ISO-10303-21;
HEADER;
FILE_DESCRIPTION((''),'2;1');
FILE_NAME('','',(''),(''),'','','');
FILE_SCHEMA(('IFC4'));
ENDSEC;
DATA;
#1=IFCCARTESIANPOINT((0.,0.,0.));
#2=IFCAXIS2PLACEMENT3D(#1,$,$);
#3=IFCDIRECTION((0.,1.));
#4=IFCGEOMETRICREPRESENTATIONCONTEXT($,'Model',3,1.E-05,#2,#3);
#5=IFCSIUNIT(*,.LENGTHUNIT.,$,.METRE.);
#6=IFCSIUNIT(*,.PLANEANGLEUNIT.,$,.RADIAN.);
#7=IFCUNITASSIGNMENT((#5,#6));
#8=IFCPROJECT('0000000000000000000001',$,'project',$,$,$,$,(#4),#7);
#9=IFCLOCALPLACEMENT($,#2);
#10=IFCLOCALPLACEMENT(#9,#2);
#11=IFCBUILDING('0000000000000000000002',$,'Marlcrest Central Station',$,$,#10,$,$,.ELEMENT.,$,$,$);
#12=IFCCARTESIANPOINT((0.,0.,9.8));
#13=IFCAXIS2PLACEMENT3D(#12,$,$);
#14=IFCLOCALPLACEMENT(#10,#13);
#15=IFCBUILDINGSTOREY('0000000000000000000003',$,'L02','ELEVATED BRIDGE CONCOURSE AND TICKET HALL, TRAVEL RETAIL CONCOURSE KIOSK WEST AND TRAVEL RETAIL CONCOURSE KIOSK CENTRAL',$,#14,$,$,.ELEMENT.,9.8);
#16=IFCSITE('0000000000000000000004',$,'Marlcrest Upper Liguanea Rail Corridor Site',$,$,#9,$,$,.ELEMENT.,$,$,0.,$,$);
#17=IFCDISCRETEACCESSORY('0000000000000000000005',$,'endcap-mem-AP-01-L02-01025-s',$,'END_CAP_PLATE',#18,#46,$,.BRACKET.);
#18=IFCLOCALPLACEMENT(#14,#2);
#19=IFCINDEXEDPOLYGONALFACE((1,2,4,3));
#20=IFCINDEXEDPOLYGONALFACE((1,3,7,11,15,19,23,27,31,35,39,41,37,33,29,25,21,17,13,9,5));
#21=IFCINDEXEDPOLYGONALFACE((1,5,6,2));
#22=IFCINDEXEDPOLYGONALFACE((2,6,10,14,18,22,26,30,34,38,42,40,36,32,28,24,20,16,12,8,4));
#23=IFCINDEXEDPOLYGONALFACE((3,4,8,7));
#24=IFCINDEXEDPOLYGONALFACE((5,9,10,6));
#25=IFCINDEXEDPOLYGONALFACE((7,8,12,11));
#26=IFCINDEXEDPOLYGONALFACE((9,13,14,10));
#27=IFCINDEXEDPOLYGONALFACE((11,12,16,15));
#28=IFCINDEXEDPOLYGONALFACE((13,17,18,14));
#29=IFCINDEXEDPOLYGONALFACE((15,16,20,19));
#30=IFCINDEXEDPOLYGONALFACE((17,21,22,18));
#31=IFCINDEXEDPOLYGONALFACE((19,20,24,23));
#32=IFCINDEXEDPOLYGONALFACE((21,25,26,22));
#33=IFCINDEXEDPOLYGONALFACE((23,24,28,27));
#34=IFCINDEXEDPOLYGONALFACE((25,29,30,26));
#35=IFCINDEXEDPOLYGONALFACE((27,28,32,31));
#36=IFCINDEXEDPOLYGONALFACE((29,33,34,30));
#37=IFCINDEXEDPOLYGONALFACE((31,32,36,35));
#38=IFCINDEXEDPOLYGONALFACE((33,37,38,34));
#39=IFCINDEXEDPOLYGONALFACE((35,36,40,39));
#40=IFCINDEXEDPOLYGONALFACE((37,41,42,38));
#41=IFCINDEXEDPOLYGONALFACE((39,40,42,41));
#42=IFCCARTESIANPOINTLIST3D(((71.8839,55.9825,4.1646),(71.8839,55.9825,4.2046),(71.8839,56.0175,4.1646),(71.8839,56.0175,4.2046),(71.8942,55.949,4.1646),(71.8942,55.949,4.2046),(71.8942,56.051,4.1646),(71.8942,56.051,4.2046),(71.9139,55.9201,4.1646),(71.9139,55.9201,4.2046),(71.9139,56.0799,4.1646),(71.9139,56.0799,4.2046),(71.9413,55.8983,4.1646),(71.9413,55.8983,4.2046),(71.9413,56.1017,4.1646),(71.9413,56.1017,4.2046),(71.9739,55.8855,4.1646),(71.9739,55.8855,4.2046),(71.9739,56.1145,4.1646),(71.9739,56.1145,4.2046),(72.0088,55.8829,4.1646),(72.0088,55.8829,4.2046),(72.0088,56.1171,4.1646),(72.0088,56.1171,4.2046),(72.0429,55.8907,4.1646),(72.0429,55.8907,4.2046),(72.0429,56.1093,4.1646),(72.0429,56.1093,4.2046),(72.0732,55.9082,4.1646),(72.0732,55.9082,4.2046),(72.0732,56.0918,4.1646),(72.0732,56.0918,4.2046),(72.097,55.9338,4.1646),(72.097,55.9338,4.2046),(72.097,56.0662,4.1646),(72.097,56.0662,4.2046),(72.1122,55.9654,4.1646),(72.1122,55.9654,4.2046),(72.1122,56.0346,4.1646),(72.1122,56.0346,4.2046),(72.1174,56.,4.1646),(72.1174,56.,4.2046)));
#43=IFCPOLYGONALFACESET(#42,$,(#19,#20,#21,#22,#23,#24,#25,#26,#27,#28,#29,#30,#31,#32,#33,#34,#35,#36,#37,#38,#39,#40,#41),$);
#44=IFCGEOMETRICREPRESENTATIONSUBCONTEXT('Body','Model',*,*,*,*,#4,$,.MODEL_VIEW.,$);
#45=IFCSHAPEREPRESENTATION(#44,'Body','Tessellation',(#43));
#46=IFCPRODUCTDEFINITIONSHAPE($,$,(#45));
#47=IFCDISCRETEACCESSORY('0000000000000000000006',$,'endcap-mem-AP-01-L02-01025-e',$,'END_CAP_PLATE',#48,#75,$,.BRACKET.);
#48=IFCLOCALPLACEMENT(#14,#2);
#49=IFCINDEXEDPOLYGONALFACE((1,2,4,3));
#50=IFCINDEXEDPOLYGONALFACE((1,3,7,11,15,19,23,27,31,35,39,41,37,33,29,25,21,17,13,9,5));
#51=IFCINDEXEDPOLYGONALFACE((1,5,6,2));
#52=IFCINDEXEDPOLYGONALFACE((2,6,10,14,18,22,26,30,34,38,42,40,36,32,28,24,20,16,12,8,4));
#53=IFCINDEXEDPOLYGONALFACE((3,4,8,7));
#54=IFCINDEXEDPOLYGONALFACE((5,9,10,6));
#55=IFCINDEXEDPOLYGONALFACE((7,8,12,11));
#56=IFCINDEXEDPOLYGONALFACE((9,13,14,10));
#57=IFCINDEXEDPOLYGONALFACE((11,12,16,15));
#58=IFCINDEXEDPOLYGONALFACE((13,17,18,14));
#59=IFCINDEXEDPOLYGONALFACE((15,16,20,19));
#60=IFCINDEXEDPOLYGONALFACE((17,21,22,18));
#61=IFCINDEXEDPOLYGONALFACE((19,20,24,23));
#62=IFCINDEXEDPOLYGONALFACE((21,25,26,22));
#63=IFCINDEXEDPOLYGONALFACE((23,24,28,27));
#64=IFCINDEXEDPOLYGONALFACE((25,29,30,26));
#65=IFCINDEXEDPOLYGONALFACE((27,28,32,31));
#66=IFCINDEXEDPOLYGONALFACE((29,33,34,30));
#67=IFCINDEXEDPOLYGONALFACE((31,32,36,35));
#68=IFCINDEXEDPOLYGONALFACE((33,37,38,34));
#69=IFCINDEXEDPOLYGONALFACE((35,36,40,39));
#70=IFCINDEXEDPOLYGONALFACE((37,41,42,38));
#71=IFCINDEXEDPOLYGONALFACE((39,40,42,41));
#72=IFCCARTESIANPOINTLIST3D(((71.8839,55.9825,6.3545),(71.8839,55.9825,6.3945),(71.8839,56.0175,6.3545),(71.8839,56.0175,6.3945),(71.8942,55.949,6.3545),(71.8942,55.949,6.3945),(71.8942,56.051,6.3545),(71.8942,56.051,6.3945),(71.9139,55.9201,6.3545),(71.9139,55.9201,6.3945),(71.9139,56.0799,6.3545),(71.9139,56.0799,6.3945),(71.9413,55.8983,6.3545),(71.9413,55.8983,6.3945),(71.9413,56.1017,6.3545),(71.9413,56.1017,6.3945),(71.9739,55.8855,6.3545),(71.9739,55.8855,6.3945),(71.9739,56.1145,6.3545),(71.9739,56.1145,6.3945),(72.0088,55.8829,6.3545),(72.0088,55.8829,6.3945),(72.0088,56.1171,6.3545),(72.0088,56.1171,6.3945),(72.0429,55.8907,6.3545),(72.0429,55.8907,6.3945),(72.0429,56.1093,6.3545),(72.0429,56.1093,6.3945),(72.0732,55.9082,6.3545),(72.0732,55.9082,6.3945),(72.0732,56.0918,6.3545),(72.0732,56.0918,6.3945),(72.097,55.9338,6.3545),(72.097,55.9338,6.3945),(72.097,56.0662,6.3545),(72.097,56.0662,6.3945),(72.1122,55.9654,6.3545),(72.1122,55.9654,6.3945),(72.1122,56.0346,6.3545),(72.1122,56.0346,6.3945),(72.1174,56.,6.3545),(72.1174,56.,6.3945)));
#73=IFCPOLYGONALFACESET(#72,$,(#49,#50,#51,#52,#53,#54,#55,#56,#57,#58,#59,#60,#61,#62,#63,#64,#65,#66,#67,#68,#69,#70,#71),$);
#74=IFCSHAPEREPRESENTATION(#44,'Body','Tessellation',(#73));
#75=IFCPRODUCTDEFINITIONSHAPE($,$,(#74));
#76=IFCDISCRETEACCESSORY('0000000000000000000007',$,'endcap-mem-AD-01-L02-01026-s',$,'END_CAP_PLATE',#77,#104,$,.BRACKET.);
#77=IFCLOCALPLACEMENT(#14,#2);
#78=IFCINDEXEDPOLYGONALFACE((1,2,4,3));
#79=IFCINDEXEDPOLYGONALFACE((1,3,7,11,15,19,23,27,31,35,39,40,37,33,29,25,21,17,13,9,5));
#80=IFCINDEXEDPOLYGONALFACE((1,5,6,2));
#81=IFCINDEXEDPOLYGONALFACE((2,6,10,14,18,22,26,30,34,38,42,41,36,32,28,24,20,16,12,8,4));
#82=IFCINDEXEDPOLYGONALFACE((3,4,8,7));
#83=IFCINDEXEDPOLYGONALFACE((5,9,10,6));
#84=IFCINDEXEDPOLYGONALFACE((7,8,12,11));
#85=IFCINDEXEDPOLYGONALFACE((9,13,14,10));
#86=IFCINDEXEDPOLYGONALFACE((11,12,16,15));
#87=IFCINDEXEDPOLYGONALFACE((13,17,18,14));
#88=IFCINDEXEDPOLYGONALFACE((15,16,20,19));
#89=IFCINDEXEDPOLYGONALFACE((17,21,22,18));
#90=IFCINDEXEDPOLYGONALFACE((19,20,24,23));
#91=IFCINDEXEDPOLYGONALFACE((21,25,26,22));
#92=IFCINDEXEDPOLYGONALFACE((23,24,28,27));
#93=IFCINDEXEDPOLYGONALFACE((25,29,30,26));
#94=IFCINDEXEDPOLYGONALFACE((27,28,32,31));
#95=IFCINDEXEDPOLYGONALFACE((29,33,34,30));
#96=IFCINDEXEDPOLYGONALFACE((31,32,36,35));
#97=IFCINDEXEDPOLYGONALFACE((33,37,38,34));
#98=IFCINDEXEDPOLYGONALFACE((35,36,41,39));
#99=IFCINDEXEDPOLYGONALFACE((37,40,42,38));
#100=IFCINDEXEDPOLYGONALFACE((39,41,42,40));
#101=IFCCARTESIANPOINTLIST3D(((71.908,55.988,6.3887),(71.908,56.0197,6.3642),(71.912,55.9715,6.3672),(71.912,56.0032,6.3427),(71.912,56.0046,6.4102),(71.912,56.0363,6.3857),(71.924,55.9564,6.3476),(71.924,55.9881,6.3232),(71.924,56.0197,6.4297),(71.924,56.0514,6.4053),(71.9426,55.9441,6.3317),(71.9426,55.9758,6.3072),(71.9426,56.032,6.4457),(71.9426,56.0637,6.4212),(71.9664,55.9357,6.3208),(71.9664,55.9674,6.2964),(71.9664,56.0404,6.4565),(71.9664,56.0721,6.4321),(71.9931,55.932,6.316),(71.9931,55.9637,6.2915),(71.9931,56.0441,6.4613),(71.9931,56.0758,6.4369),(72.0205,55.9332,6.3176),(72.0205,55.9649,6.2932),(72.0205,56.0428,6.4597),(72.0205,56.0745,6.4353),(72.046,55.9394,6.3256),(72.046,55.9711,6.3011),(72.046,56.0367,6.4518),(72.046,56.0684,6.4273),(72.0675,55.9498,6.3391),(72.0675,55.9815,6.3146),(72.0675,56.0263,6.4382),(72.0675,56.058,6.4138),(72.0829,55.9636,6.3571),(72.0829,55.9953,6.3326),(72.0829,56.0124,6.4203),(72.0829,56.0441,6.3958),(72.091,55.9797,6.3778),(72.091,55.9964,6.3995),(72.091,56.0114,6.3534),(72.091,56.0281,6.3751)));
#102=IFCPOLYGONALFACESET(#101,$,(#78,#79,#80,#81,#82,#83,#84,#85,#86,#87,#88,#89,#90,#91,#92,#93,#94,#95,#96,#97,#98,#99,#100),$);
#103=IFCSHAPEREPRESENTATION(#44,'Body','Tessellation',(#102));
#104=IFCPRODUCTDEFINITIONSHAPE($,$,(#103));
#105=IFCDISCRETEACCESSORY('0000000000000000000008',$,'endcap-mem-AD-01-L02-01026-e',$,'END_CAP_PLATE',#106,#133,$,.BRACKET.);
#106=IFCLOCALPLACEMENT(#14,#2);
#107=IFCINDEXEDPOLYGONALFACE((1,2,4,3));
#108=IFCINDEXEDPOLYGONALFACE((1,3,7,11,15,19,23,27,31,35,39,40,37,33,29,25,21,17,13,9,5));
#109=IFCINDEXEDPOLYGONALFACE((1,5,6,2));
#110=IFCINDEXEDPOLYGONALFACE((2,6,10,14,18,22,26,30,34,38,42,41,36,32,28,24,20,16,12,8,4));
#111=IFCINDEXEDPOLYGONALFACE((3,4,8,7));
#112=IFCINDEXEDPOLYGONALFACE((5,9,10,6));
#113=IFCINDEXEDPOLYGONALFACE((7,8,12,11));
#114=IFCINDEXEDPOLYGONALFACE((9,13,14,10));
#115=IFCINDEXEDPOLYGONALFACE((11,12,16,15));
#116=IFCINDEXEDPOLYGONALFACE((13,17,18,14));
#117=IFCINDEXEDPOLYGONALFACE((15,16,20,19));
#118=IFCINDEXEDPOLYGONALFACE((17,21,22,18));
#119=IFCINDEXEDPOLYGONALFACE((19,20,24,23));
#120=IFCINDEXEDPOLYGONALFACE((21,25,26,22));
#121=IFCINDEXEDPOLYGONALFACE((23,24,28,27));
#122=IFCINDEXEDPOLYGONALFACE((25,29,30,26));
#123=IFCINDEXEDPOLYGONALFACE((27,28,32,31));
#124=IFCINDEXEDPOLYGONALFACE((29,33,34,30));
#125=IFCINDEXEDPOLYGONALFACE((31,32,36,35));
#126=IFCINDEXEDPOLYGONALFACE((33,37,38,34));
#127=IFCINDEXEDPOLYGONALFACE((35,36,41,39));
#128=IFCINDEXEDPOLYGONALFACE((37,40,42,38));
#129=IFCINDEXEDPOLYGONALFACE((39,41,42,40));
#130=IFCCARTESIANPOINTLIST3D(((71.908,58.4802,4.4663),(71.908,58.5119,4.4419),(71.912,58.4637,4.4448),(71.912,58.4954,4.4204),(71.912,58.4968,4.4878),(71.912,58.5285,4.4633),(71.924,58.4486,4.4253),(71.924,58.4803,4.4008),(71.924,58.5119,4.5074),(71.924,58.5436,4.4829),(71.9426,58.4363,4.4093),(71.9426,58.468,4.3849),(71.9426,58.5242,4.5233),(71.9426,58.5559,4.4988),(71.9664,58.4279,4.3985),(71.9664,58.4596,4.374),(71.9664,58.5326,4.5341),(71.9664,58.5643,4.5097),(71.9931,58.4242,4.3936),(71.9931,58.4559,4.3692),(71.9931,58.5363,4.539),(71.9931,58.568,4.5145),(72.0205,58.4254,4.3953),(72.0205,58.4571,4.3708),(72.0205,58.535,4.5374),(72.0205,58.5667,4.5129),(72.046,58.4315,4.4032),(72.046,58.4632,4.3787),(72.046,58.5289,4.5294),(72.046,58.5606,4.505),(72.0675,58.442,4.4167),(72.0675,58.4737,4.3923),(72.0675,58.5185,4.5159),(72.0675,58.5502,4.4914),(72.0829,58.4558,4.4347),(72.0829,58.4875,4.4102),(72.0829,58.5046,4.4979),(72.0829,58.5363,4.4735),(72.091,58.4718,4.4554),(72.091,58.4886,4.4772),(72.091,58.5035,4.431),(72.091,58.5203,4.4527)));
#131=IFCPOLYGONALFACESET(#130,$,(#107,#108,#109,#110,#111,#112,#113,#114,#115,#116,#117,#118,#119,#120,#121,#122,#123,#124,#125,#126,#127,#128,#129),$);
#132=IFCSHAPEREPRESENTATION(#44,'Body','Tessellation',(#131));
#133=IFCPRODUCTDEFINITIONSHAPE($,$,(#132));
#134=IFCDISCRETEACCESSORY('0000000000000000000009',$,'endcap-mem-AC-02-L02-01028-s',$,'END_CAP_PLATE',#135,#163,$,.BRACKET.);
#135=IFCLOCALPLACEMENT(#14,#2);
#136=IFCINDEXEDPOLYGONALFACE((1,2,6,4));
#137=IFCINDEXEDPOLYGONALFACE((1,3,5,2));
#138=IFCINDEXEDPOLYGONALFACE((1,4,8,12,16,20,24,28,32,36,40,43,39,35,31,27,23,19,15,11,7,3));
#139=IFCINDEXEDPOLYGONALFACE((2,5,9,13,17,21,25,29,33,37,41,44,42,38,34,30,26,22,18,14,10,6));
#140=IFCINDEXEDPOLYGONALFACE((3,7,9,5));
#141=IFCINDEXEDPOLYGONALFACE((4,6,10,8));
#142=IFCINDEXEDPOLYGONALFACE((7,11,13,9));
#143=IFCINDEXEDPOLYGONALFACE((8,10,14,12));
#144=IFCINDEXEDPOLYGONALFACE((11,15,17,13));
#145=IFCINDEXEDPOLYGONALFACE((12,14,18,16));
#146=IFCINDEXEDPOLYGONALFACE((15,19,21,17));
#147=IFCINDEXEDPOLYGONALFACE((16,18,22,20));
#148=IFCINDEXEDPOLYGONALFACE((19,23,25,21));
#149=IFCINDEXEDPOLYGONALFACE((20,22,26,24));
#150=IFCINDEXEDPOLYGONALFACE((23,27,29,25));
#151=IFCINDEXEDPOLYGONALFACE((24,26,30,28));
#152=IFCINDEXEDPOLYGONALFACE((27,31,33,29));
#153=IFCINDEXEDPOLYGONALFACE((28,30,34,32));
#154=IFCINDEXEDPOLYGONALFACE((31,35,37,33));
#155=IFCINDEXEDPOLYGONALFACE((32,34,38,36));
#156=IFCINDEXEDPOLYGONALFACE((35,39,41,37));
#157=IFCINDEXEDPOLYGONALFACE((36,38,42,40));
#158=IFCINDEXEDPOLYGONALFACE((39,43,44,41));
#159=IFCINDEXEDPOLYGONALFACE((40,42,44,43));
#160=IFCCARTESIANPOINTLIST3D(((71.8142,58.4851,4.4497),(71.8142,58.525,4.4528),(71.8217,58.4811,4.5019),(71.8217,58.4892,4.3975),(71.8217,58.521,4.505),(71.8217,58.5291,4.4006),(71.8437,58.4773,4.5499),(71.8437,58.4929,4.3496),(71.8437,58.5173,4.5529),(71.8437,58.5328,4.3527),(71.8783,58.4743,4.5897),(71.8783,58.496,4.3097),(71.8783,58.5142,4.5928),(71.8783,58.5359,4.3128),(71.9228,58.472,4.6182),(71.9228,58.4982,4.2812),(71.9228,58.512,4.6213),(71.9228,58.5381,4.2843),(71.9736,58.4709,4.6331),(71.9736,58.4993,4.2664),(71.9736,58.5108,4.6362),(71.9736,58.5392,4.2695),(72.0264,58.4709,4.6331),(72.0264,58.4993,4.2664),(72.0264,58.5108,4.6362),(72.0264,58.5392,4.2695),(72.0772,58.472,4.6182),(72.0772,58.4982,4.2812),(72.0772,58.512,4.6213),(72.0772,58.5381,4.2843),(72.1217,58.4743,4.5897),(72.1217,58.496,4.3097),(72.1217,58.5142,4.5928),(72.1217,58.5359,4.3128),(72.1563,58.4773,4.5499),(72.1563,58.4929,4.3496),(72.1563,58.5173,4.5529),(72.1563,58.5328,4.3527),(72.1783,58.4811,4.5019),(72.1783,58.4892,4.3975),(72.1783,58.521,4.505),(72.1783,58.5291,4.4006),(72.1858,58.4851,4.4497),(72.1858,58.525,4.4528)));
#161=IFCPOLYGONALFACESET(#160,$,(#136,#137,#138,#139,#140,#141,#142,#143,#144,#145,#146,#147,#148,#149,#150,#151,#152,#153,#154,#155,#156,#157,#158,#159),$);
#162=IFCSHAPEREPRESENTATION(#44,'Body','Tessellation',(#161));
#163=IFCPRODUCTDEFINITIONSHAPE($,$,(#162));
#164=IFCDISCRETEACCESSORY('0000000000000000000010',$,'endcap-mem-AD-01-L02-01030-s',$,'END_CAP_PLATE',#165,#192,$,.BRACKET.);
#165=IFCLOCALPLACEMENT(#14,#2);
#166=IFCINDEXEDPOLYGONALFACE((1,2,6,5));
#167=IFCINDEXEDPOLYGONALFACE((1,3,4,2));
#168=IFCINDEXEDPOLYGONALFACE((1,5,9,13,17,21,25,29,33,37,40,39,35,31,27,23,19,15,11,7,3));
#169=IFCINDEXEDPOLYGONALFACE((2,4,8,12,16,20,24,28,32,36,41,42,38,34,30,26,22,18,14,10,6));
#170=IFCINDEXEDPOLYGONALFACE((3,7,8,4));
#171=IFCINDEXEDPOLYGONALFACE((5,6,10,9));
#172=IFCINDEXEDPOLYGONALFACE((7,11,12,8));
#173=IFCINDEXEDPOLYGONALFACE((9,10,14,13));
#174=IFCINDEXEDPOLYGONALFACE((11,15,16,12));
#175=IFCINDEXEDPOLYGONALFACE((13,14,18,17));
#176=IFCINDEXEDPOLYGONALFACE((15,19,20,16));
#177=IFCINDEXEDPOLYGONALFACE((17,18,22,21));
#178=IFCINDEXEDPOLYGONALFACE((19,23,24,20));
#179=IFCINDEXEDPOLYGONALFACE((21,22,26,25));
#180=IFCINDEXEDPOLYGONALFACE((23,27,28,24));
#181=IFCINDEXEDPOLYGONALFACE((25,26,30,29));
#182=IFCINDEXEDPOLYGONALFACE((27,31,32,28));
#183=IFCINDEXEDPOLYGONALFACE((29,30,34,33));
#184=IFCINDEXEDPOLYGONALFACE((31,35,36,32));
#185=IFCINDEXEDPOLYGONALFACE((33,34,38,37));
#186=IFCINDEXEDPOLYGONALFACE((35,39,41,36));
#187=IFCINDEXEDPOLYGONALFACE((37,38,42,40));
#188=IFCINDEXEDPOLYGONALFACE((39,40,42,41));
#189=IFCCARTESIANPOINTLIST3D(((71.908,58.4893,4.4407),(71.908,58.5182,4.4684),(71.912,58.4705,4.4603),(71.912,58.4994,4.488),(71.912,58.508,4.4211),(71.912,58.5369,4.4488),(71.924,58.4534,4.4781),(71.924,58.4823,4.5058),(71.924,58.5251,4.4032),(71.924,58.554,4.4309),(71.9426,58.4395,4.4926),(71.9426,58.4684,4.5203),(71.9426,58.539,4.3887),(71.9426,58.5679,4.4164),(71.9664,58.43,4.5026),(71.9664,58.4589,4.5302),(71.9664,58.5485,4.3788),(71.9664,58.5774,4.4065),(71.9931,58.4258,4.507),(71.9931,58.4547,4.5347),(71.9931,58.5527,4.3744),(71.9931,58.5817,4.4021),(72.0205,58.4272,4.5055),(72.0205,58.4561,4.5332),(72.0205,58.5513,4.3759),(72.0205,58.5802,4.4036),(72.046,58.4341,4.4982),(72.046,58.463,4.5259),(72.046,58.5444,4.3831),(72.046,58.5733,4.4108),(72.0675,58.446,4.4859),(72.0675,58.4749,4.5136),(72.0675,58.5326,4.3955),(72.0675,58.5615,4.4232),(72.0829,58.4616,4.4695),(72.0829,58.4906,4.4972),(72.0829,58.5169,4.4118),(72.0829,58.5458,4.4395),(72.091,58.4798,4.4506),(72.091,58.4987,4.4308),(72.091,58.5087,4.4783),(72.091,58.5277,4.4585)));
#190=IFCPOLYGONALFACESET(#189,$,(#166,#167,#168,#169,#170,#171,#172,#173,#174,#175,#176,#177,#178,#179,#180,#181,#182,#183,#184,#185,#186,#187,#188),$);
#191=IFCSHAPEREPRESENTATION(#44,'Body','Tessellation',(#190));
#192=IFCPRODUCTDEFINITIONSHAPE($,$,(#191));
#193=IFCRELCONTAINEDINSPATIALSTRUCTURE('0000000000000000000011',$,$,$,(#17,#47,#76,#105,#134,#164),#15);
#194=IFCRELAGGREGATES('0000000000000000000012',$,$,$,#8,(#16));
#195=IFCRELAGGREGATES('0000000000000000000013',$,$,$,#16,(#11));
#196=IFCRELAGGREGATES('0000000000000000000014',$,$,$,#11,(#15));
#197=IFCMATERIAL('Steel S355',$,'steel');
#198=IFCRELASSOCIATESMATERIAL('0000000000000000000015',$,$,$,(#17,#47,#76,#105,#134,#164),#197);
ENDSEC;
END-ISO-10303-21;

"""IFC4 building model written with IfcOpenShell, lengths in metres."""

from ifc_helpers import new_model, si_unit, direction, frame, origin, origin_2d, place, context, subcontext, project, spatial, circle, extrude, material, element, save


model = new_model("IFC4")

# Units and contexts
model_context = context("Model", 3, precision=1e-05, world=origin(), true_north=direction((0.0, 1.0)))
body_context = subcontext(model_context, "Body", "Model", "MODEL_VIEW")
ifc_project = project(units=[si_unit("LENGTHUNIT", "METRE"), si_unit("PLANEANGLEUNIT", "RADIAN")], contexts=[model_context])

# Site, building, storey
site_placement = place(None, origin())
site = spatial("IfcSite", under=ifc_project, at=site_placement, Name="Marlcrest Upper Liguanea Rail Corridor Site", CompositionType="ELEMENT", RefElevation=0.0)
building_placement = place(site_placement, origin())
building = spatial("IfcBuilding", under=site, at=building_placement, Name="Marlcrest Central Station", CompositionType="ELEMENT")
storey_placement = place(building_placement, frame((0.0, 0.0, 9.8)))
storey = spatial("IfcBuildingStorey", under=building, at=storey_placement, Name="L02", Description="ELEVATED BRIDGE CONCOURSE AND TICKET HALL, TRAVEL RETAIL CONCOURSE KIOSK WEST AND TRAVEL RETAIL CONCOURSE KIOSK CENTRAL", CompositionType="ELEMENT", Elevation=9.8)

# Shared definitions
ifc_material = material(Name="Steel S355", Category="steel")

# Discrete accessories
for number, where, z_axis, x_axis, name in (
    (1, (72.0, 56.0, 4.1646), (0.0, 0.0, 1.0), (1.0, 0.0, 0.0), "endcap-mem-AP-01-L02-01025-s"),
    (2, (72.0, 56.0, 6.3545), (0.0, 0.0, 1.0), (1.0, 0.0, 0.0), "endcap-mem-AP-01-L02-01025-e"),
):
    element("IfcDiscreteAccessory", number, at=place(storey_placement, frame(where, z_axis=z_axis, x_axis=x_axis)), inside=storey, material=ifc_material, Name=name, ObjectType="END_CAP_PLATE", PredefinedType="BRACKET", context=body_context, shape_type="SweptSolid", body=[
        extrude(circle(Radius=0.1174, at=origin_2d()), origin(), (0.0, 0.0, 1.0), 0.04),
    ])
for number, where, z_axis, x_axis, name in (
    (3, (72.0, 55.988, 6.3887), (0.0, 0.791798, -0.610783), (-1.0, 0.0, 0.0), "endcap-mem-AD-01-L02-01026-s"),
    (4, (72.0, 58.4802, 4.4663), (0.0, 0.791798, -0.610783), (-1.0, 0.0, 0.0), "endcap-mem-AD-01-L02-01026-e"),
):
    element("IfcDiscreteAccessory", number, at=place(storey_placement, frame(where, z_axis=z_axis, x_axis=x_axis)), inside=storey, material=ifc_material, Name=name, ObjectType="END_CAP_PLATE", PredefinedType="BRACKET", context=body_context, shape_type="SweptSolid", body=[
        extrude(circle(Radius=0.092, at=origin_2d()), origin(), (0.0, 0.0, 1.0), 0.04),
    ])
discrete_accessory_1_placement = place(storey_placement, frame((72.0, 58.4851, 4.4497), z_axis=(0.0, 0.997007, 0.077307), x_axis=(-1.0, 0.0, 0.0)))
element("IfcDiscreteAccessory", 5, at=discrete_accessory_1_placement, inside=storey, material=ifc_material, Name="endcap-mem-AC-02-L02-01028-s", ObjectType="END_CAP_PLATE", PredefinedType="BRACKET", context=body_context, shape_type="SweptSolid", body=[
    extrude(circle(Radius=0.1858, at=origin_2d()), origin(), (0.0, 0.0, 1.0), 0.04),
])
discrete_accessory_2_placement = place(storey_placement, frame((72.0, 58.4893, 4.4407), z_axis=(0.0, 0.722247, 0.691636), x_axis=(-1.0, 0.0, 0.0)))
element("IfcDiscreteAccessory", 6, at=discrete_accessory_2_placement, inside=storey, material=ifc_material, Name="endcap-mem-AD-01-L02-01030-s", ObjectType="END_CAP_PLATE", PredefinedType="BRACKET", context=body_context, shape_type="SweptSolid", body=[
    extrude(circle(Radius=0.092, at=origin_2d()), origin(), (0.0, 0.0, 1.0), 0.04),
])

save(model, "model.ifc")
